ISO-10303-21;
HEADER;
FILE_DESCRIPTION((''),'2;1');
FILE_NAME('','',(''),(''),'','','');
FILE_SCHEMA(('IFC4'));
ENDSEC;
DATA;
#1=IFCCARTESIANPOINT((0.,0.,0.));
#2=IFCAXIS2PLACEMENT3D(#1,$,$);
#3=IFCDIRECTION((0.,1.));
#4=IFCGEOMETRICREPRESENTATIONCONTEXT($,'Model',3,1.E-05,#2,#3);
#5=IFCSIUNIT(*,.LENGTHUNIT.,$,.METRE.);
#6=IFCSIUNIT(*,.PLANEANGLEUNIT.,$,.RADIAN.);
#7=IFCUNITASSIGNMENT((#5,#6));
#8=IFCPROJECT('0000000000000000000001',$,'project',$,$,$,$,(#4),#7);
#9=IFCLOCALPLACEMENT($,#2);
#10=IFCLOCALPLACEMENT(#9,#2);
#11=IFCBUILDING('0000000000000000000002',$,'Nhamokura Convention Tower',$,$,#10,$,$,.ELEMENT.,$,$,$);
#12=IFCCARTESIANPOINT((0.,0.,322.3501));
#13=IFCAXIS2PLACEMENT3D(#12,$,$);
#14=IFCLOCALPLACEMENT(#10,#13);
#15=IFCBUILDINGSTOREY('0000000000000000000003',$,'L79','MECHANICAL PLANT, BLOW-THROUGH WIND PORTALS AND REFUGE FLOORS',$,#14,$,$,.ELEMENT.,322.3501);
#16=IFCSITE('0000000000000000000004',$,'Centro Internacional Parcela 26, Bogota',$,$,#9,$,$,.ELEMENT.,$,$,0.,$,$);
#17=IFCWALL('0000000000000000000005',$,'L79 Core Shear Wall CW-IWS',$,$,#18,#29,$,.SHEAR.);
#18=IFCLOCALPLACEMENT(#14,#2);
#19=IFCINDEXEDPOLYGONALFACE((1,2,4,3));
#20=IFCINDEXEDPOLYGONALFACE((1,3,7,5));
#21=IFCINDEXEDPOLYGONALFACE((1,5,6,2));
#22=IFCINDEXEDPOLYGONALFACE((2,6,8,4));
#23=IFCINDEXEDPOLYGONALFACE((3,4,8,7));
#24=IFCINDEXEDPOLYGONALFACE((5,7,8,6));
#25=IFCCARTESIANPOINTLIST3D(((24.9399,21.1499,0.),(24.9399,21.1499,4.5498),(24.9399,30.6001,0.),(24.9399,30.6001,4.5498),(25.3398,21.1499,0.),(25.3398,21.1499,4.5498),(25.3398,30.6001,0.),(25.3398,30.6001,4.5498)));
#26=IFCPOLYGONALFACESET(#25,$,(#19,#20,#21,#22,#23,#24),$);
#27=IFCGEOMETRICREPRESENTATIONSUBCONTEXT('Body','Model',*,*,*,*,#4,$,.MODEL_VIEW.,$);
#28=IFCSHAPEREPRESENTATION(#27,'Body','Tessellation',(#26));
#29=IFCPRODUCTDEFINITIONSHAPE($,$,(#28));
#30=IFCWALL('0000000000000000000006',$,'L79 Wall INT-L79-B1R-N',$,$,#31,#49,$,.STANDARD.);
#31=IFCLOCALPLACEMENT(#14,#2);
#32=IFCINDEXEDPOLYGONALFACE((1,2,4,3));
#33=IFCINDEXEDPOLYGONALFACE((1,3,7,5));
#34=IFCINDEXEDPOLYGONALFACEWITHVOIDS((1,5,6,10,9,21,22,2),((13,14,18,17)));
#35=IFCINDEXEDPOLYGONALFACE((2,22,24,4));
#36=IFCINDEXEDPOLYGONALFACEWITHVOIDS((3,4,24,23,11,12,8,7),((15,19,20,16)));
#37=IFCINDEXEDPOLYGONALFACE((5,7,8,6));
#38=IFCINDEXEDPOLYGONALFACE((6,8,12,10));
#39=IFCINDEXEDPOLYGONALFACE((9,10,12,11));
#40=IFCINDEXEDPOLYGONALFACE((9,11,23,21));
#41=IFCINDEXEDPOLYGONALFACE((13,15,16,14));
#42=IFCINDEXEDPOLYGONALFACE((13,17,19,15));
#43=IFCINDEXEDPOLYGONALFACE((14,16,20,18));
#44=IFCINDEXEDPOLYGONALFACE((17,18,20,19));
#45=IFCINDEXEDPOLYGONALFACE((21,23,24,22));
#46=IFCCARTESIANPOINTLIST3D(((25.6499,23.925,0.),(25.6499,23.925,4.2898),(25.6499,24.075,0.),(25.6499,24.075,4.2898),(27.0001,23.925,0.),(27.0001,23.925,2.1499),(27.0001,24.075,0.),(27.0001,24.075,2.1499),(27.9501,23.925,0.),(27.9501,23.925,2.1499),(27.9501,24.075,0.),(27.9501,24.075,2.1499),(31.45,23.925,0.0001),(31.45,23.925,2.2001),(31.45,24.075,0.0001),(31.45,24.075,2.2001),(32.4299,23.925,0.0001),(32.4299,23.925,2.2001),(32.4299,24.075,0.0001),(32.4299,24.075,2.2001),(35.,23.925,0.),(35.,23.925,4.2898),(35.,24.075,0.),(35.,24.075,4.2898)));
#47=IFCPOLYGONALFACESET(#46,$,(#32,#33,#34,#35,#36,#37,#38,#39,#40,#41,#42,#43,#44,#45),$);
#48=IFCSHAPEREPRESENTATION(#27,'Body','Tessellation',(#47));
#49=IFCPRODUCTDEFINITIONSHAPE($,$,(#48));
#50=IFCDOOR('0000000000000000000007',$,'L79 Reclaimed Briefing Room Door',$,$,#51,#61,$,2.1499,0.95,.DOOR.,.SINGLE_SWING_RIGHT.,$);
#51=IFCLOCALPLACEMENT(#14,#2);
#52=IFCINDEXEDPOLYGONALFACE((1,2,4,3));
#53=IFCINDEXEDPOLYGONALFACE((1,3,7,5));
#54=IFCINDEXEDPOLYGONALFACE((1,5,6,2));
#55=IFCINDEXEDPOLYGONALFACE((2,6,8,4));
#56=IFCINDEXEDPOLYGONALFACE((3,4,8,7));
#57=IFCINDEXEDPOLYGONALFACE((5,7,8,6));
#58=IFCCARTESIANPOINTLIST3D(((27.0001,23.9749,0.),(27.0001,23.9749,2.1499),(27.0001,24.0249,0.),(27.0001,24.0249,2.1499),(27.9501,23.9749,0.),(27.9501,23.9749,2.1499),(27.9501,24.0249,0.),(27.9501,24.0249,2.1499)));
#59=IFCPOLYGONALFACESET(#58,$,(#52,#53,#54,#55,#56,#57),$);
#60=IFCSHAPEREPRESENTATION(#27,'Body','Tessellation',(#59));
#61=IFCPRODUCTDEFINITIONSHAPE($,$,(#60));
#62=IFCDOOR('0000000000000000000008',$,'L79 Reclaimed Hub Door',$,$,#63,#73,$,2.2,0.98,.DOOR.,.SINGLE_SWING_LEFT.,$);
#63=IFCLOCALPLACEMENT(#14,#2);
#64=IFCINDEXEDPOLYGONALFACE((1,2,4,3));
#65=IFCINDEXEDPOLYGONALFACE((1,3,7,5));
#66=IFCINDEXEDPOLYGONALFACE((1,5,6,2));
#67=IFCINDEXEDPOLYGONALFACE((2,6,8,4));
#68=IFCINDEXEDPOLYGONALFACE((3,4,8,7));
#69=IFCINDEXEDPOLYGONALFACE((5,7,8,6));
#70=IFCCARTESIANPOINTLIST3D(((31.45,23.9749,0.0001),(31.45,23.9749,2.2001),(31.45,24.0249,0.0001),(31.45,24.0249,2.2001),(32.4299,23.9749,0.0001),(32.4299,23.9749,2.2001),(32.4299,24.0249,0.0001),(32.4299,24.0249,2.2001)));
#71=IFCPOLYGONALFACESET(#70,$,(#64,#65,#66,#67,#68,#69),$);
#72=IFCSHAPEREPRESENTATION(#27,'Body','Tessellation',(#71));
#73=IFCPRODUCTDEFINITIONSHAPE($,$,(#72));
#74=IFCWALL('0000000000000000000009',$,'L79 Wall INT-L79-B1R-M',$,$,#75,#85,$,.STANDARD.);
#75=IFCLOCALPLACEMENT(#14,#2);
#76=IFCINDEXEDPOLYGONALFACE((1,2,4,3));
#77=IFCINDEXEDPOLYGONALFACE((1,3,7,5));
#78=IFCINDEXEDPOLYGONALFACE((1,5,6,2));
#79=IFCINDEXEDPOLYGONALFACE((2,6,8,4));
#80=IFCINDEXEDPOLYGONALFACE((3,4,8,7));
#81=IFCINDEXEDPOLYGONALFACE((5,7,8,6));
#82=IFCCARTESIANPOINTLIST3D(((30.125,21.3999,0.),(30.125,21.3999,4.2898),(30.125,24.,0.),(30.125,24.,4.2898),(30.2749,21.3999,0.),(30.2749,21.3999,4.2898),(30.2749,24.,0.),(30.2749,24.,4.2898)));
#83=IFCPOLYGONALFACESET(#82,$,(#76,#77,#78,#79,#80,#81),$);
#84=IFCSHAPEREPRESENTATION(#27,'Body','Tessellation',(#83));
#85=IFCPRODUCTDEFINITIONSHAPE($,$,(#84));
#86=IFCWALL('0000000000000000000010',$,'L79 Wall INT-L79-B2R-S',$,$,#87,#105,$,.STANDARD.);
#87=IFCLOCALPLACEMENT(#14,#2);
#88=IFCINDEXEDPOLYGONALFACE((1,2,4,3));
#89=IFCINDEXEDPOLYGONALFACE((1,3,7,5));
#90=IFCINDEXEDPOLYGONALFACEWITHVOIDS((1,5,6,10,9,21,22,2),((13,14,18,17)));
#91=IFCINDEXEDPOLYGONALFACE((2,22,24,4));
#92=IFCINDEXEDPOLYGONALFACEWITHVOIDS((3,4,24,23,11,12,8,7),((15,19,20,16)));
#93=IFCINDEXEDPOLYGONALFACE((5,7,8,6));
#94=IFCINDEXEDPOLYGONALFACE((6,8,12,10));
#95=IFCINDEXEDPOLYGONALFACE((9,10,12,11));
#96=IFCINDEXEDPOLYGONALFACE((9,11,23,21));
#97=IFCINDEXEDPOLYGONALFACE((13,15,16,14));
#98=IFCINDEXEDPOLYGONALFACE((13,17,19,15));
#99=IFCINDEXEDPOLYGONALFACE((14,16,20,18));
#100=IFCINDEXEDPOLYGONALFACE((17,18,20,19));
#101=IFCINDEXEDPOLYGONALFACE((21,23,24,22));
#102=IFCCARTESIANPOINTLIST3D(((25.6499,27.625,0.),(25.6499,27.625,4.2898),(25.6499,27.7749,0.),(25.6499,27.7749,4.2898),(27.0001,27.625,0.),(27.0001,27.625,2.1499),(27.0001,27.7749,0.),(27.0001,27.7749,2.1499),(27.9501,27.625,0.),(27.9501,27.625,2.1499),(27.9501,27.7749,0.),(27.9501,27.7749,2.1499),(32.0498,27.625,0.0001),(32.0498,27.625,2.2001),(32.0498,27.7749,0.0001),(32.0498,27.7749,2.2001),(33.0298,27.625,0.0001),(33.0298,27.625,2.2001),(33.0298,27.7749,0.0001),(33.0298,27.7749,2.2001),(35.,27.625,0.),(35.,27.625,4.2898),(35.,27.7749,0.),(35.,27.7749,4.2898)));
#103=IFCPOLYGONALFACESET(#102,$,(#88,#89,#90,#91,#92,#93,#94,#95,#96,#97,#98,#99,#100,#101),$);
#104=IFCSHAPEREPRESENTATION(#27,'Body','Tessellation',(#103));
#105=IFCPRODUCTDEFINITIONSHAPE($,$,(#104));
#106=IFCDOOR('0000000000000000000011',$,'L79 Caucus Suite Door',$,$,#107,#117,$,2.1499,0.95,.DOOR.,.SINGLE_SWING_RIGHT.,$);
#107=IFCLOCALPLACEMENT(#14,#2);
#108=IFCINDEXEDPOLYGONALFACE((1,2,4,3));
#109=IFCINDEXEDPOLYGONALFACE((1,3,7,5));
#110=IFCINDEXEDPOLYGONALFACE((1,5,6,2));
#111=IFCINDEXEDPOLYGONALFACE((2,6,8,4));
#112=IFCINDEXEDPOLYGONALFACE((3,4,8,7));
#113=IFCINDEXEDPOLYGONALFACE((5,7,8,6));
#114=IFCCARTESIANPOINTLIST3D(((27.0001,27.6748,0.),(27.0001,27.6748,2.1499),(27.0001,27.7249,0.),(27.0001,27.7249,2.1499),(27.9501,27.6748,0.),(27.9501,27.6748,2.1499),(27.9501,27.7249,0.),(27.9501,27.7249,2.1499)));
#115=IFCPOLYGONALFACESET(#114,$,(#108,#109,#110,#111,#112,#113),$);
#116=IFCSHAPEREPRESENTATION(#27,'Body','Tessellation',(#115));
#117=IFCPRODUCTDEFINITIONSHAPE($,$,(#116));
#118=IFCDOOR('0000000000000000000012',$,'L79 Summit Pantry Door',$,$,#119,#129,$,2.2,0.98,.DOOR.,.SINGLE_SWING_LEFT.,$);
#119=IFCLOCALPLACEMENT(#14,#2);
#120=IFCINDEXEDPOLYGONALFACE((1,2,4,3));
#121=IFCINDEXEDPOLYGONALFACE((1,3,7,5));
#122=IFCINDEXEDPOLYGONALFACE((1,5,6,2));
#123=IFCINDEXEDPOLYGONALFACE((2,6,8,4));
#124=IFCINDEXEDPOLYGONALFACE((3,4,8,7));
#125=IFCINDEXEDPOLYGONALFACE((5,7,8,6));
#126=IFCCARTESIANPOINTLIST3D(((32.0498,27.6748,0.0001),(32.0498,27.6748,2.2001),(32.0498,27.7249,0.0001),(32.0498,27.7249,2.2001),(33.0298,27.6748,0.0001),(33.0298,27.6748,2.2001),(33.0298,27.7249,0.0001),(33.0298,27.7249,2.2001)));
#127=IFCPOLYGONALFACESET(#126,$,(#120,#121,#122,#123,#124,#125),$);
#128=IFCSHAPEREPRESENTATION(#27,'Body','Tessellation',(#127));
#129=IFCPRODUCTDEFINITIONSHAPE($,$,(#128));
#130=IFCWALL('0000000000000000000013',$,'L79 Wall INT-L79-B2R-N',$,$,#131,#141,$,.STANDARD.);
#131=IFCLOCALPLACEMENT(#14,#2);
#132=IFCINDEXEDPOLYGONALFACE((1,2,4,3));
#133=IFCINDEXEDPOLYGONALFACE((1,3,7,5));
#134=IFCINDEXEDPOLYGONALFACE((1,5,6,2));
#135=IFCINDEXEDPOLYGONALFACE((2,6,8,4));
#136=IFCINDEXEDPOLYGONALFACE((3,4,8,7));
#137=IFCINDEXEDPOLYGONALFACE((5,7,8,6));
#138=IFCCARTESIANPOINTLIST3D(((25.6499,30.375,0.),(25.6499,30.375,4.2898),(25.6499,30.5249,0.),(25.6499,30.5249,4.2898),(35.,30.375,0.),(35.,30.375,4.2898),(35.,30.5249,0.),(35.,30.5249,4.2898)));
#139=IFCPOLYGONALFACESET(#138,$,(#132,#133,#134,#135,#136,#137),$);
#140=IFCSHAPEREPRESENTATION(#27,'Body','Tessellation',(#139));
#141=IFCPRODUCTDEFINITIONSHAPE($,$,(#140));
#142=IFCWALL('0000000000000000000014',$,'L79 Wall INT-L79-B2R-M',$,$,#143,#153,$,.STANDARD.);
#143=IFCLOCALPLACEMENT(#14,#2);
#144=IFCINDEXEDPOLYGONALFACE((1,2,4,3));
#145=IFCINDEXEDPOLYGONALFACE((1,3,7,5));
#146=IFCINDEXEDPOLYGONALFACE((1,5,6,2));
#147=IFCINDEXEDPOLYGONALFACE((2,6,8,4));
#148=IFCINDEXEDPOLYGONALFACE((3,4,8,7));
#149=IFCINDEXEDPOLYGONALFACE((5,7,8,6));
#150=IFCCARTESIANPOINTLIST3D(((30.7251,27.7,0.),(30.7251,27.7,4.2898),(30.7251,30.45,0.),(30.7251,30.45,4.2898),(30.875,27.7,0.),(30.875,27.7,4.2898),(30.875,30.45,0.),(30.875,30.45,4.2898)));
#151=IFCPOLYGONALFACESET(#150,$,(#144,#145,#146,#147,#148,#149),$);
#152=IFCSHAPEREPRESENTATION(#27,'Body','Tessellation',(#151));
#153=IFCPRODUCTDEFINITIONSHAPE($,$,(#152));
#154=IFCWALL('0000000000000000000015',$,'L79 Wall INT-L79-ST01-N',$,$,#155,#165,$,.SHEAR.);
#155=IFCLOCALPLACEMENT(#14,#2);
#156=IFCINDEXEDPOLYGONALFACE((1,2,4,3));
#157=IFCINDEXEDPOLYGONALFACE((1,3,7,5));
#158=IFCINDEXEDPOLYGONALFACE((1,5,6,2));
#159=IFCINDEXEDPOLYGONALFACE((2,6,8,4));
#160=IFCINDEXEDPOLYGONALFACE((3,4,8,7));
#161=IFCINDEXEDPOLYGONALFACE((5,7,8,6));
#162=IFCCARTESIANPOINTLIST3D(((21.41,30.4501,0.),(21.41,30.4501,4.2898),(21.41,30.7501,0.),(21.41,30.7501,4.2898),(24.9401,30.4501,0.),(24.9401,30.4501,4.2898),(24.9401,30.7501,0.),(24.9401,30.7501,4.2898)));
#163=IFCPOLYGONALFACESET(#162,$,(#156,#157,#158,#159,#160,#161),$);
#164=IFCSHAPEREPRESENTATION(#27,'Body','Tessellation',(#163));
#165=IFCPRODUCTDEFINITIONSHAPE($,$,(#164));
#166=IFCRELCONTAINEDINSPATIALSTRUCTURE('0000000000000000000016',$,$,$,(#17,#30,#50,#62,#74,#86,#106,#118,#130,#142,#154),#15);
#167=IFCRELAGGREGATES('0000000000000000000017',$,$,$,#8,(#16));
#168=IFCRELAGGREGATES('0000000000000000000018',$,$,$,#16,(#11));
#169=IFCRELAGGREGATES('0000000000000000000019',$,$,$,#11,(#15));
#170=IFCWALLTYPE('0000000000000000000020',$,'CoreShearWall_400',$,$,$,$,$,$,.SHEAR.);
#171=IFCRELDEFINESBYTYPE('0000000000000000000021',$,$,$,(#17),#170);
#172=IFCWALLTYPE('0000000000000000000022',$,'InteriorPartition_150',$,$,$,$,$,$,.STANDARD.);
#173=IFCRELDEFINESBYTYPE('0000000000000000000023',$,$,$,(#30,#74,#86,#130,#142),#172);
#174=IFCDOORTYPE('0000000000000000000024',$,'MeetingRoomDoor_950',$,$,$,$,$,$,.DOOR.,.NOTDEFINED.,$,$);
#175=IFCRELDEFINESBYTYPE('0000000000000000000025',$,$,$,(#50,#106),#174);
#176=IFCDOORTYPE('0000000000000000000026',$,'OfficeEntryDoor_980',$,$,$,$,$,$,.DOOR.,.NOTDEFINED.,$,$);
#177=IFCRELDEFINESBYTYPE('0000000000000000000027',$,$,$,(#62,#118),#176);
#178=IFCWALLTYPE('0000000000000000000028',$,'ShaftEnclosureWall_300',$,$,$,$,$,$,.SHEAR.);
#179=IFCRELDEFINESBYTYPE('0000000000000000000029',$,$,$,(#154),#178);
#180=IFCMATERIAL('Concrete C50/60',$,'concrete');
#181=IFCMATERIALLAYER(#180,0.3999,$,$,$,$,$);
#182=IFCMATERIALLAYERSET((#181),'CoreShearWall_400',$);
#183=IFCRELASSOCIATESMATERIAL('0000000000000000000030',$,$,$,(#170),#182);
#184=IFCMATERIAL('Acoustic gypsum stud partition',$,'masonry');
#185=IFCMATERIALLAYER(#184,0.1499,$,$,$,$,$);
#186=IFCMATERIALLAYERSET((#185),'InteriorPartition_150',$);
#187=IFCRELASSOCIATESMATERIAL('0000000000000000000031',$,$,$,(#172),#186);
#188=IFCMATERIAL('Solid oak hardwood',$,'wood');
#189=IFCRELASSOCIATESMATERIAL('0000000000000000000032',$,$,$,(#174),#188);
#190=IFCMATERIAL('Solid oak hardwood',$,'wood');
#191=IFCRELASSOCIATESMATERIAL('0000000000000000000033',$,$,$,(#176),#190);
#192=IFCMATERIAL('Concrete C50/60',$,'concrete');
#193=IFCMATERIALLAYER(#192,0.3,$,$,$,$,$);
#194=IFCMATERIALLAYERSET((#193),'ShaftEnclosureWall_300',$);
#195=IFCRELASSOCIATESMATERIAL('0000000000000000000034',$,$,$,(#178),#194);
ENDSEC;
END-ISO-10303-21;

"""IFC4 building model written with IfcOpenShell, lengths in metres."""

from ifc_helpers import new_model, si_unit, direction, frame, frame_2d, origin, place, context, subcontext, project, spatial, rectangle, extrude, material, layer, layer_set, type_object, element, fill, save


model = new_model("IFC4")

# Units and contexts
model_context = context("Model", 3, precision=1e-05, world=origin(), true_north=direction((0.0, 1.0)))
body_context = subcontext(model_context, "Body", "Model", "MODEL_VIEW")
ifc_project = project(units=[si_unit("LENGTHUNIT", "METRE"), si_unit("PLANEANGLEUNIT", "RADIAN")], contexts=[model_context])

# Site, building, storey
site_placement = place(None, origin())
site = spatial("IfcSite", under=ifc_project, at=site_placement, Name="Centro Internacional Parcela 26, Bogota", CompositionType="ELEMENT", RefElevation=0.0)
building_placement = place(site_placement, origin())
building = spatial("IfcBuilding", under=site, at=building_placement, Name="Nhamokura Convention Tower", CompositionType="ELEMENT")
storey_placement = place(building_placement, frame((0.0, 0.0, 322.3501)))
storey = spatial("IfcBuildingStorey", under=building, at=storey_placement, Name="L79", Description="MECHANICAL PLANT, BLOW-THROUGH WIND PORTALS AND REFUGE FLOORS", CompositionType="ELEMENT", Elevation=322.3501)

# Shared definitions
ifc_material_1 = material(Name="Concrete C50/60", Category="concrete")
ifc_layer_1 = layer(ifc_material_1, 0.3999)
ifc_layer_set_1 = layer_set([ifc_layer_1], Name="CoreShearWall_400")
wall_type_1 = type_object("IfcWallType", Name="CoreShearWall_400", PredefinedType="SHEAR", material=ifc_layer_set_1)

# Wall
wall_1_placement = place(storey_placement, frame((25.1399, 21.1499, 0.0), z_axis=(0.0, 0.0, 1.0), x_axis=(0.0, 1.0, 0.0)))
element("IfcWall", 1, at=wall_1_placement, inside=storey, type_object=wall_type_1, Name="L79 Core Shear Wall CW-IWS", PredefinedType="SHEAR", context=body_context, shape_type="SweptSolid", body=[
    extrude(rectangle(XDim=9.4502, YDim=0.3999, at=frame_2d((4.7251, 0.0))), origin(), (0.0, 0.0, 1.0), 4.5498),
])

# Wall, openings, doors
ifc_material_2 = material(Name="Acoustic gypsum stud partition", Category="masonry")
ifc_layer_2 = layer(ifc_material_2, 0.1499)
ifc_layer_set_2 = layer_set([ifc_layer_2], Name="InteriorPartition_150")
wall_type_2 = type_object("IfcWallType", Name="InteriorPartition_150", PredefinedType="STANDARD", material=ifc_layer_set_2)
wall_2_placement = place(storey_placement, frame((25.6499, 24.0, 0.0), z_axis=(0.0, 0.0, 1.0), x_axis=(1.0, 0.0, 0.0)))
wall_2 = element("IfcWall", 2, at=wall_2_placement, inside=storey, type_object=wall_type_2, Name="L79 Wall INT-L79-B1R-N", PredefinedType="STANDARD", context=body_context, shape_type="SweptSolid", body=[
    extrude(rectangle(XDim=9.3501, YDim=0.1499, at=frame_2d((4.675, 0.0))), origin(), (0.0, 0.0, 1.0), 4.2898),
])
opening_1_placement = place(wall_2_placement, frame((1.3501, 0.0, 0.0)))
opening_1 = element("IfcOpeningElement", 3, at=opening_1_placement, cuts=wall_2, PredefinedType="OPENING", context=body_context, shape_type="SweptSolid", body=[
    extrude(rectangle(XDim=0.95, YDim=2.1499, at=frame_2d((0.4751, 1.075))), frame((0.0, 0.085, 0.0), z_axis=(0.0, -1.0, 0.0), x_axis=(1.0, 0.0, 0.0)), (0.0, 0.0, 1.0), 0.1699),
])
opening_2_placement = place(wall_2_placement, frame((5.8, 0.0, 0.0)))
opening_2 = element("IfcOpeningElement", 4, at=opening_2_placement, cuts=wall_2, PredefinedType="OPENING", context=body_context, shape_type="SweptSolid", body=[
    extrude(rectangle(XDim=0.98, YDim=2.2, at=frame_2d((0.49, 1.1001))), frame((0.0, 0.085, 0.0), z_axis=(0.0, -1.0, 0.0), x_axis=(1.0, 0.0, 0.0)), (0.0, 0.0, 1.0), 0.1699),
])
ifc_material_3 = material(Name="Solid oak hardwood", Category="wood")
door_type_1 = type_object("IfcDoorType", Name="MeetingRoomDoor_950", OperationType="NOTDEFINED", PredefinedType="DOOR", material=ifc_material_3)
door_1_placement = place(opening_1_placement, origin())
door_1 = element("IfcDoor", 5, at=door_1_placement, inside=storey, type_object=door_type_1, Name="L79 Reclaimed Briefing Room Door", OperationType="SINGLE_SWING_RIGHT", OverallHeight=2.1499, OverallWidth=0.95, PredefinedType="DOOR", context=body_context, shape_type="SweptSolid", body=[
    extrude(rectangle(XDim=0.95, YDim=2.1499, at=frame_2d((0.4751, 1.075))), frame((0.0, 0.0249, 0.0), z_axis=(0.0, -1.0, 0.0), x_axis=(1.0, 0.0, 0.0)), (0.0, 0.0, 1.0), 0.05),
])
fill(opening_1, door_1)
ifc_material_4 = material(Name="Solid oak hardwood", Category="wood")
door_type_2 = type_object("IfcDoorType", Name="OfficeEntryDoor_980", OperationType="NOTDEFINED", PredefinedType="DOOR", material=ifc_material_4)
door_2_placement = place(opening_2_placement, origin())
door_2 = element("IfcDoor", 6, at=door_2_placement, inside=storey, type_object=door_type_2, Name="L79 Reclaimed Hub Door", OperationType="SINGLE_SWING_LEFT", OverallHeight=2.2, OverallWidth=0.98, PredefinedType="DOOR", context=body_context, shape_type="SweptSolid", body=[
    extrude(rectangle(XDim=0.98, YDim=2.2, at=frame_2d((0.49, 1.1001))), frame((0.0, 0.0249, 0.0), z_axis=(0.0, -1.0, 0.0), x_axis=(1.0, 0.0, 0.0)), (0.0, 0.0, 1.0), 0.05),
])
fill(opening_2, door_2)

# Wall
wall_3_placement = place(storey_placement, frame((30.2, 21.3999, 0.0), z_axis=(0.0, 0.0, 1.0), x_axis=(0.0, 1.0, 0.0)))
element("IfcWall", 7, at=wall_3_placement, inside=storey, type_object=wall_type_2, Name="L79 Wall INT-L79-B1R-M", PredefinedType="STANDARD", context=body_context, shape_type="SweptSolid", body=[
    extrude(rectangle(XDim=2.6001, YDim=0.1499, at=frame_2d((1.3, 0.0))), origin(), (0.0, 0.0, 1.0), 4.2898),
])

# Wall, openings, doors
wall_4_placement = place(storey_placement, frame((25.6499, 27.7, 0.0), z_axis=(0.0, 0.0, 1.0), x_axis=(1.0, 0.0, 0.0)))
wall_4 = element("IfcWall", 8, at=wall_4_placement, inside=storey, type_object=wall_type_2, Name="L79 Wall INT-L79-B2R-S", PredefinedType="STANDARD", context=body_context, shape_type="SweptSolid", body=[
    extrude(rectangle(XDim=9.3501, YDim=0.1499, at=frame_2d((4.675, 0.0))), origin(), (0.0, 0.0, 1.0), 4.2898),
])
opening_3_placement = place(wall_4_placement, frame((1.3501, 0.0, 0.0)))
opening_3 = element("IfcOpeningElement", 9, at=opening_3_placement, cuts=wall_4, PredefinedType="OPENING", context=body_context, shape_type="SweptSolid", body=[
    extrude(rectangle(XDim=0.95, YDim=2.1499, at=frame_2d((0.4751, 1.075))), frame((0.0, 0.085, 0.0), z_axis=(0.0, -1.0, 0.0), x_axis=(1.0, 0.0, 0.0)), (0.0, 0.0, 1.0), 0.1699),
])
opening_4_placement = place(wall_4_placement, frame((6.3999, 0.0, 0.0)))
opening_4 = element("IfcOpeningElement", 10, at=opening_4_placement, cuts=wall_4, PredefinedType="OPENING", context=body_context, shape_type="SweptSolid", body=[
    extrude(rectangle(XDim=0.98, YDim=2.2, at=frame_2d((0.49, 1.1001))), frame((0.0, 0.085, 0.0), z_axis=(0.0, -1.0, 0.0), x_axis=(1.0, 0.0, 0.0)), (0.0, 0.0, 1.0), 0.1699),
])
door_3_placement = place(opening_3_placement, origin())
door_3 = element("IfcDoor", 11, at=door_3_placement, inside=storey, type_object=door_type_1, Name="L79 Caucus Suite Door", OperationType="SINGLE_SWING_RIGHT", OverallHeight=2.1499, OverallWidth=0.95, PredefinedType="DOOR", context=body_context, shape_type="SweptSolid", body=[
    extrude(rectangle(XDim=0.95, YDim=2.1499, at=frame_2d((0.4751, 1.075))), frame((0.0, 0.0249, 0.0), z_axis=(0.0, -1.0, 0.0), x_axis=(1.0, 0.0, 0.0)), (0.0, 0.0, 1.0), 0.05),
])
fill(opening_3, door_3)
door_4_placement = place(opening_4_placement, origin())
door_4 = element("IfcDoor", 12, at=door_4_placement, inside=storey, type_object=door_type_2, Name="L79 Summit Pantry Door", OperationType="SINGLE_SWING_LEFT", OverallHeight=2.2, OverallWidth=0.98, PredefinedType="DOOR", context=body_context, shape_type="SweptSolid", body=[
    extrude(rectangle(XDim=0.98, YDim=2.2, at=frame_2d((0.49, 1.1001))), frame((0.0, 0.0249, 0.0), z_axis=(0.0, -1.0, 0.0), x_axis=(1.0, 0.0, 0.0)), (0.0, 0.0, 1.0), 0.05),
])
fill(opening_4, door_4)

# Walls
wall_5_placement = place(storey_placement, frame((25.6499, 30.45, 0.0), z_axis=(0.0, 0.0, 1.0), x_axis=(1.0, 0.0, 0.0)))
element("IfcWall", 13, at=wall_5_placement, inside=storey, type_object=wall_type_2, Name="L79 Wall INT-L79-B2R-N", PredefinedType="STANDARD", context=body_context, shape_type="SweptSolid", body=[
    extrude(rectangle(XDim=9.3501, YDim=0.1499, at=frame_2d((4.675, 0.0))), origin(), (0.0, 0.0, 1.0), 4.2898),
])
wall_6_placement = place(storey_placement, frame((30.8, 27.7, 0.0), z_axis=(0.0, 0.0, 1.0), x_axis=(0.0, 1.0, 0.0)))
element("IfcWall", 14, at=wall_6_placement, inside=storey, type_object=wall_type_2, Name="L79 Wall INT-L79-B2R-M", PredefinedType="STANDARD", context=body_context, shape_type="SweptSolid", body=[
    extrude(rectangle(XDim=2.75, YDim=0.1499, at=frame_2d((1.375, 0.0))), origin(), (0.0, 0.0, 1.0), 4.2898),
])
ifc_material_5 = material(Name="Concrete C50/60", Category="concrete")
ifc_layer_3 = layer(ifc_material_5, 0.3)
ifc_layer_set_3 = layer_set([ifc_layer_3], Name="ShaftEnclosureWall_300")
wall_type_3 = type_object("IfcWallType", Name="ShaftEnclosureWall_300", PredefinedType="SHEAR", material=ifc_layer_set_3)
wall_7_placement = place(storey_placement, frame((21.4099, 30.6001, 0.0), z_axis=(0.0, 0.0, 1.0), x_axis=(1.0, 0.0, 0.0)))
element("IfcWall", 15, at=wall_7_placement, inside=storey, type_object=wall_type_3, Name="L79 Wall INT-L79-ST01-N", PredefinedType="SHEAR", context=body_context, shape_type="SweptSolid", body=[
    extrude(rectangle(XDim=3.53, YDim=0.3, at=frame_2d((1.7651, 0.0))), origin(), (0.0, 0.0, 1.0), 4.2898),
])

save(model, "model.ifc")
